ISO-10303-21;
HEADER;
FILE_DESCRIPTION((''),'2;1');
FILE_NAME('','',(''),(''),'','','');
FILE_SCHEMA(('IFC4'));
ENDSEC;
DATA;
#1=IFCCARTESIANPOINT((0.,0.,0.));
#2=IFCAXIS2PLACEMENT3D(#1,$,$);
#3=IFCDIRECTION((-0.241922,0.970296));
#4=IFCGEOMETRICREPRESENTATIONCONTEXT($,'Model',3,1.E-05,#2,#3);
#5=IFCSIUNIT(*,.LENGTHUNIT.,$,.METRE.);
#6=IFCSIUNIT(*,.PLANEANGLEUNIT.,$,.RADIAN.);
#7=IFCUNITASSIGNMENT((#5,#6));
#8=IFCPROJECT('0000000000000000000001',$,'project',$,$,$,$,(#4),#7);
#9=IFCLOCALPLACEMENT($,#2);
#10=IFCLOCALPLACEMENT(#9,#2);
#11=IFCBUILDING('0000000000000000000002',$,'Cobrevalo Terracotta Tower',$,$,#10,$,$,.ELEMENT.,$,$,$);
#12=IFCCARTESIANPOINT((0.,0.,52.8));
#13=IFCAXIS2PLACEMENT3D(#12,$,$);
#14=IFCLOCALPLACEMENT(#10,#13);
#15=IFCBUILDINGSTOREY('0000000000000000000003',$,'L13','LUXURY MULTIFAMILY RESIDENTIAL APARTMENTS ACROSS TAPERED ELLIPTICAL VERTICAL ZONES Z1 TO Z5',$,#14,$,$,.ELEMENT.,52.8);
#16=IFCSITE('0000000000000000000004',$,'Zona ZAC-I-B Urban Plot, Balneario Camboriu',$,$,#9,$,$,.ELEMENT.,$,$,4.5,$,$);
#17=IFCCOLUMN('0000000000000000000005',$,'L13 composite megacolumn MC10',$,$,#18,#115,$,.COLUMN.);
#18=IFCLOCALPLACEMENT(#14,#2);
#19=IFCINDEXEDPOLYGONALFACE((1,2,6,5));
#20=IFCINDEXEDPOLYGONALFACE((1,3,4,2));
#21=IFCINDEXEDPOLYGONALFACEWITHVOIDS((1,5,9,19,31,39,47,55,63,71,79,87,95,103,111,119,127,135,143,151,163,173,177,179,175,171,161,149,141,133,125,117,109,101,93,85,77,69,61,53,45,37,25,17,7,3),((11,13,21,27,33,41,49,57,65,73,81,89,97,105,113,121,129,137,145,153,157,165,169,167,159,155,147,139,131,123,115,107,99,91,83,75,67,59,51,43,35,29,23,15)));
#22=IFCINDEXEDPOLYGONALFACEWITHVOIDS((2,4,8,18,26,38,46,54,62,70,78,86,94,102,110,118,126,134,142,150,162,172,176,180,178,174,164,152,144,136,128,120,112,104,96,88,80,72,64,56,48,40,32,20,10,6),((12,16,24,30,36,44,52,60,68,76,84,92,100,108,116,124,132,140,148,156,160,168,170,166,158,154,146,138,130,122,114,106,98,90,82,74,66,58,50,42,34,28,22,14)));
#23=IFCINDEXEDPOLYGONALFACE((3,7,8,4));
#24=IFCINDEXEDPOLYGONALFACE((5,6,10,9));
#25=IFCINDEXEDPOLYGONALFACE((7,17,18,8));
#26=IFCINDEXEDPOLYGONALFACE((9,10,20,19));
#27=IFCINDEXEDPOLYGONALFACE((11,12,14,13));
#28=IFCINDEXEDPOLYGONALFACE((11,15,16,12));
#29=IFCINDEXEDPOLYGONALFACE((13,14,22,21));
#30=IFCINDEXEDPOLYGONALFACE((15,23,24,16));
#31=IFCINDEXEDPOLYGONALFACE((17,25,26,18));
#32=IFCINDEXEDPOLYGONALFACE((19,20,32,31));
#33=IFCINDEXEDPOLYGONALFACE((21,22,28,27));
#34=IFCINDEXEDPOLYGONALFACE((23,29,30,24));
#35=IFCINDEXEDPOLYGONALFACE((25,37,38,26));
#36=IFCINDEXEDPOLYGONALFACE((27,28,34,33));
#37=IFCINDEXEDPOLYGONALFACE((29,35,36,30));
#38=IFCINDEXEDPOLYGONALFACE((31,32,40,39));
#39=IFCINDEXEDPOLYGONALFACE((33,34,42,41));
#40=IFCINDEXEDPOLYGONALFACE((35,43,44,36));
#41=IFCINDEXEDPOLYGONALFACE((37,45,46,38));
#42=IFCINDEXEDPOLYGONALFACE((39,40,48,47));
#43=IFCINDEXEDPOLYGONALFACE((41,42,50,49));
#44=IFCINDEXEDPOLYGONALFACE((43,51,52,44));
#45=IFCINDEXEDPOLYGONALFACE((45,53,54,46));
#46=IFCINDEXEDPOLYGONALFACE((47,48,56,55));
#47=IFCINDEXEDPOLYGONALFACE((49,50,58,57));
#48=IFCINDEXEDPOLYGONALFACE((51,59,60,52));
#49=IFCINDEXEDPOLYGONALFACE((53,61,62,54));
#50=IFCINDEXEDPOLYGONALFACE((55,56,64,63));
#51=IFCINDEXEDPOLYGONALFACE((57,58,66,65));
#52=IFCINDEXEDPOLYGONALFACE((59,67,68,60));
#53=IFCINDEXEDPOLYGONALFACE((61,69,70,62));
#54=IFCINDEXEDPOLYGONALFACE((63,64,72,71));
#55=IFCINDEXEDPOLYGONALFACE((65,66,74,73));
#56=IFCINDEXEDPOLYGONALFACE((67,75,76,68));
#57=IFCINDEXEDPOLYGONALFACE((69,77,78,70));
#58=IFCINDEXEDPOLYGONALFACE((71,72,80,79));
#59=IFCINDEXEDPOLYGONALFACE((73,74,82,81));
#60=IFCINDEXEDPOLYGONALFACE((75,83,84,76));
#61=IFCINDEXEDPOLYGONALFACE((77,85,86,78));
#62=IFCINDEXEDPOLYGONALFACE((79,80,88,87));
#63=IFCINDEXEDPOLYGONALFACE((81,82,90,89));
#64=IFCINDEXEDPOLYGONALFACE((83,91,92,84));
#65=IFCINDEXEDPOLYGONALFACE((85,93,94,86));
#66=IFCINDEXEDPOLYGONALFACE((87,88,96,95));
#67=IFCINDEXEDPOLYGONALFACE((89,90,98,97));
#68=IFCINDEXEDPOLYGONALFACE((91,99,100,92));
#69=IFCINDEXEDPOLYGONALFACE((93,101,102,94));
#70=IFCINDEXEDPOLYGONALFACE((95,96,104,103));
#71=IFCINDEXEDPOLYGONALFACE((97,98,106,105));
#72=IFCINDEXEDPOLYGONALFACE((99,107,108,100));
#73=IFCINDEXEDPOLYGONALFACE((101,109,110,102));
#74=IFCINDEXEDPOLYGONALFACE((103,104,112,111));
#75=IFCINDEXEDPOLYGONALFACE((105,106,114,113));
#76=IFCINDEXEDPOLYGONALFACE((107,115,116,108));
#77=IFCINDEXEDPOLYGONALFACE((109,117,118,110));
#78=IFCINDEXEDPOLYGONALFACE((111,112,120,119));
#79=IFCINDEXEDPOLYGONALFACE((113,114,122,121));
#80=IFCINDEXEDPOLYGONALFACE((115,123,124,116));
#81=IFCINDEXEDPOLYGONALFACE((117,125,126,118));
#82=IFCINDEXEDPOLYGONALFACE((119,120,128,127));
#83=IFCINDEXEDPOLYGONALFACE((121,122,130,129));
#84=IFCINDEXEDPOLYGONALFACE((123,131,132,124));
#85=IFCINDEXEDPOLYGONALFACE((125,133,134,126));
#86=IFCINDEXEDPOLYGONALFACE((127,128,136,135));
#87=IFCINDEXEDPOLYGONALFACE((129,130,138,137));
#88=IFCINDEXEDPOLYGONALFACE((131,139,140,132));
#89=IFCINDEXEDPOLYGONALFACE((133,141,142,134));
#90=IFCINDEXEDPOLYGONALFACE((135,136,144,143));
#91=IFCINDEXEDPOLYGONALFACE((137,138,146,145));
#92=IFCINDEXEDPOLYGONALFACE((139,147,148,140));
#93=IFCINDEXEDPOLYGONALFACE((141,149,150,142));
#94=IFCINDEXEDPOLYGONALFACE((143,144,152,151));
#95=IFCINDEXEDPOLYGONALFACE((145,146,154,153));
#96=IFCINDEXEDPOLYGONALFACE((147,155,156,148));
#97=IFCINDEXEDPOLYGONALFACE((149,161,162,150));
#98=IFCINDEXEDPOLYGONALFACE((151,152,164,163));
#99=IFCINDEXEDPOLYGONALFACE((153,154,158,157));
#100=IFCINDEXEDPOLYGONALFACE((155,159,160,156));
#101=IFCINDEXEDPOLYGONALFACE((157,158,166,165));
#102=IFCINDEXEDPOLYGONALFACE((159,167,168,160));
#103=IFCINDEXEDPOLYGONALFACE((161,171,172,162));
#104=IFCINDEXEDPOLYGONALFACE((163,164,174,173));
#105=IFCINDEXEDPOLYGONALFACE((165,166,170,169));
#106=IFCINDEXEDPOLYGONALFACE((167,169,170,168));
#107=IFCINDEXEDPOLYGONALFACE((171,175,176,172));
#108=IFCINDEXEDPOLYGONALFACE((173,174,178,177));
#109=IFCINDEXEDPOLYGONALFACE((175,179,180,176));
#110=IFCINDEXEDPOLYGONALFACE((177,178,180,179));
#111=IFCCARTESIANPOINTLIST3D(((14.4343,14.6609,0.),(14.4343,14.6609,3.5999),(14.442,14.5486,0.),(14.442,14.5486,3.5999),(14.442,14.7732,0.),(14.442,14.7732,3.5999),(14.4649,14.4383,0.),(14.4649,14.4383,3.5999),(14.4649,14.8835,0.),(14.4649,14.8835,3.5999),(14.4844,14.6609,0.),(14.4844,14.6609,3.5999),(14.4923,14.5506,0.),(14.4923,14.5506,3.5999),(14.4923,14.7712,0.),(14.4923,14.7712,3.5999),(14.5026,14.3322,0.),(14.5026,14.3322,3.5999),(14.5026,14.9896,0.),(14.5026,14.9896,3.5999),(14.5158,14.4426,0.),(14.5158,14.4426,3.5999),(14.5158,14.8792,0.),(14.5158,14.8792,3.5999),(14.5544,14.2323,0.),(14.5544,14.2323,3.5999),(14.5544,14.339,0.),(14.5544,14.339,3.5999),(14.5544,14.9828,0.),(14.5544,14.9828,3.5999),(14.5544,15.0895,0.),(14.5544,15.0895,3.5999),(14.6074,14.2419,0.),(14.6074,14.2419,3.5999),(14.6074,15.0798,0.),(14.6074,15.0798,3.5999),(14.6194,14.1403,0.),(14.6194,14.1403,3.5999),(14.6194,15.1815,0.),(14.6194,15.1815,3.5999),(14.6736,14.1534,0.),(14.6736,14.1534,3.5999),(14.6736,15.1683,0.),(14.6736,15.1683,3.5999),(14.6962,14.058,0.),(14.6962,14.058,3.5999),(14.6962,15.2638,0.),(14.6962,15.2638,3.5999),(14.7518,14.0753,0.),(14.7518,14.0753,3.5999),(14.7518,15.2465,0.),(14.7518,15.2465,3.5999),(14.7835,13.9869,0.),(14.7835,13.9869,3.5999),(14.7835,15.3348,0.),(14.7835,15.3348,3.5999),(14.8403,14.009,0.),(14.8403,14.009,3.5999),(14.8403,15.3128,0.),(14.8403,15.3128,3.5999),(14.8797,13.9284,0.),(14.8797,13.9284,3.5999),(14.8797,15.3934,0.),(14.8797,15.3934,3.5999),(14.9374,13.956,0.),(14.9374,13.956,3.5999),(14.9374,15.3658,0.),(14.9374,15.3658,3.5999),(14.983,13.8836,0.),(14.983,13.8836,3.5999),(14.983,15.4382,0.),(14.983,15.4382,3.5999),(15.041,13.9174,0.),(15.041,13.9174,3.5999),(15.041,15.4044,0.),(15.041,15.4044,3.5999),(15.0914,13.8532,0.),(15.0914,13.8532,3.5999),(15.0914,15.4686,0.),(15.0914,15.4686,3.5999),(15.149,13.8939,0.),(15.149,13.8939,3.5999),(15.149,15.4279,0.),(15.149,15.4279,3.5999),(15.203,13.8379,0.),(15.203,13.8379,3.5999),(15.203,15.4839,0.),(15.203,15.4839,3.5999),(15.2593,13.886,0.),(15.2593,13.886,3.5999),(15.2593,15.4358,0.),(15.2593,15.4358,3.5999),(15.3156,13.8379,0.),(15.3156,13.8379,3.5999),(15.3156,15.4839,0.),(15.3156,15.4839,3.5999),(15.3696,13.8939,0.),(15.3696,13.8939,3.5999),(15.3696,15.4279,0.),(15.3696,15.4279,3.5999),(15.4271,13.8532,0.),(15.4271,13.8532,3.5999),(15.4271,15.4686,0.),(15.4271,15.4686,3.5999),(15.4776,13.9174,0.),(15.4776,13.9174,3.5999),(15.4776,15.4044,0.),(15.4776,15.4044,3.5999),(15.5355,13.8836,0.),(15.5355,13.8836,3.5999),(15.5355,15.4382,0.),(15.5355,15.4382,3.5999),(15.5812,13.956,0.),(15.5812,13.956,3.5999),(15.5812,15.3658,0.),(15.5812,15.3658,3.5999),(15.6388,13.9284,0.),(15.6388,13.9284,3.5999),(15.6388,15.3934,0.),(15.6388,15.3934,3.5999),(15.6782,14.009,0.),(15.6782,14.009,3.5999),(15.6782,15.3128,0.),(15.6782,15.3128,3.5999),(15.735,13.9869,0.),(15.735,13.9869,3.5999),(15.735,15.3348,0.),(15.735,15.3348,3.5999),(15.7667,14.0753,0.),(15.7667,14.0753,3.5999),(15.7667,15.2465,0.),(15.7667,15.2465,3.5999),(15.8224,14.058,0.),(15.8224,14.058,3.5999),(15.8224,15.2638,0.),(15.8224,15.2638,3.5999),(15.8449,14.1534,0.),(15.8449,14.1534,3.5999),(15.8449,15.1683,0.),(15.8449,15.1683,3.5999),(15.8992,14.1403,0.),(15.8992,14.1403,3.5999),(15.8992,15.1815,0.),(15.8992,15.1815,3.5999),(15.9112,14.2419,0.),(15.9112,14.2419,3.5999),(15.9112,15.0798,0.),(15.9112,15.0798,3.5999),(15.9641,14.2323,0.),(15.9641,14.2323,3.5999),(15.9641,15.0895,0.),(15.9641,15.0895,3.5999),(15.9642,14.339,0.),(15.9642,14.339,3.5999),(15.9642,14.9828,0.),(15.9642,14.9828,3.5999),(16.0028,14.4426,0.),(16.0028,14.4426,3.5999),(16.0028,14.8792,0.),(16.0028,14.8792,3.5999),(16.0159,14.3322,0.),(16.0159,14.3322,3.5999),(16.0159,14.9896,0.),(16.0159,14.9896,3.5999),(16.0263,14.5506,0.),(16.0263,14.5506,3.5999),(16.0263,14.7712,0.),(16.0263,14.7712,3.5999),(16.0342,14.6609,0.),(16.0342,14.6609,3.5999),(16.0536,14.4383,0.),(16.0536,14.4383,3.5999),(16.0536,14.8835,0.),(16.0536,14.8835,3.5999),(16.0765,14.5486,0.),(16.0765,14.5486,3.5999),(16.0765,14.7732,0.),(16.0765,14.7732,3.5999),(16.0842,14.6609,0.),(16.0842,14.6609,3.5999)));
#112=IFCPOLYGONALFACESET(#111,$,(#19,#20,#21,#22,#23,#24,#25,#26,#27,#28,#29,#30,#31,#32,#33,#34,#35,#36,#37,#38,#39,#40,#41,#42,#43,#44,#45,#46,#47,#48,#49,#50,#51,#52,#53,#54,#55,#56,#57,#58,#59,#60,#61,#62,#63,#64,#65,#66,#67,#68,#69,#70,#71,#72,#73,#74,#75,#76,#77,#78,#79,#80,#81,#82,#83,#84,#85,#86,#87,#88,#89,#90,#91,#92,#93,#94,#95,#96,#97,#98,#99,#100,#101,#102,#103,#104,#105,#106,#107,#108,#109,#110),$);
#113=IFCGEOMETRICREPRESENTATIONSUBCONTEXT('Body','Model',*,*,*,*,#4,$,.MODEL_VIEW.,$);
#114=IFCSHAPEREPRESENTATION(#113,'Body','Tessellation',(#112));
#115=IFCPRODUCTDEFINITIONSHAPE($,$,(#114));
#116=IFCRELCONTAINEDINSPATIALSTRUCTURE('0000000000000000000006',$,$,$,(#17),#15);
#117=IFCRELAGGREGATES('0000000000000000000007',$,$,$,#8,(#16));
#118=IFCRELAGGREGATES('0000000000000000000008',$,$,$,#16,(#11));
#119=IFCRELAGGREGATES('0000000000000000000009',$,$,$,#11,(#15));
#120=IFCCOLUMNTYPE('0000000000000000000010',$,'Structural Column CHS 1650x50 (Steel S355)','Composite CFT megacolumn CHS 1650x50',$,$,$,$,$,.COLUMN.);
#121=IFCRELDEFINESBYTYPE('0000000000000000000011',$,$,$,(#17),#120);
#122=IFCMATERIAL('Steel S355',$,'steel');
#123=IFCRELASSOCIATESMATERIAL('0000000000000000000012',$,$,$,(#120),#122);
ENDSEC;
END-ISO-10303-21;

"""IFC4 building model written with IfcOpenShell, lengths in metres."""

from ifc_helpers import new_model, si_unit, direction, frame, origin, origin_2d, place, context, subcontext, project, spatial, hollow_circle, extrude, material, material_profile, profile_set, type_object, element, save


model = new_model("IFC4")

# Units and contexts
model_context = context("Model", 3, precision=1e-05, world=origin(), true_north=direction((-0.241922, 0.970296)))
body_context = subcontext(model_context, "Body", "Model", "MODEL_VIEW")
ifc_project = project(units=[si_unit("LENGTHUNIT", "METRE"), si_unit("PLANEANGLEUNIT", "RADIAN")], contexts=[model_context])

# Site, building, storey
site_placement = place(None, origin())
site = spatial("IfcSite", under=ifc_project, at=site_placement, Name="Zona ZAC-I-B Urban Plot, Balneario Camboriu", CompositionType="ELEMENT", RefElevation=4.5)
building_placement = place(site_placement, origin())
building = spatial("IfcBuilding", under=site, at=building_placement, Name="Cobrevalo Terracotta Tower", CompositionType="ELEMENT")
storey_placement = place(building_placement, frame((0.0, 0.0, 52.8)))
storey = spatial("IfcBuildingStorey", under=building, at=storey_placement, Name="L13", Description="LUXURY MULTIFAMILY RESIDENTIAL APARTMENTS ACROSS TAPERED ELLIPTICAL VERTICAL ZONES Z1 TO Z5", CompositionType="ELEMENT", Elevation=52.8)

# Column
ifc_material_1 = material(Name="Steel S355", Category="steel")
ifc_material_profile_1 = material_profile(ifc_material_1, hollow_circle(Radius=0.825, WallThickness=0.05, at=origin_2d()), Name="CHS 1650x50")
ifc_profile_set_1 = profile_set([ifc_material_profile_1], Name="Steel S355")
column_type = type_object("IfcColumnType", Name="Structural Column CHS 1650x50 (Steel S355)", Description="Composite CFT megacolumn CHS 1650x50", PredefinedType="COLUMN", material=ifc_profile_set_1)
for number, where, z_axis, x_axis, name in (
    (1, (15.2593, 14.6609, 0.0), (0.0, 0.0, 1.0), (1.0, 0.0, 0.0), "L13 composite megacolumn MC10"),
):
    element("IfcColumn", number, at=place(storey_placement, frame(where, z_axis=z_axis, x_axis=x_axis)), inside=storey, type_object=column_type, Name=name, PredefinedType="COLUMN", context=body_context, shape_type="SweptSolid", body=[
        extrude(hollow_circle(Radius=0.825, WallThickness=0.05, at=origin_2d()), origin(), (0.0, 0.0, 1.0), 3.5999),
    ])

save(model, "model.ifc")
